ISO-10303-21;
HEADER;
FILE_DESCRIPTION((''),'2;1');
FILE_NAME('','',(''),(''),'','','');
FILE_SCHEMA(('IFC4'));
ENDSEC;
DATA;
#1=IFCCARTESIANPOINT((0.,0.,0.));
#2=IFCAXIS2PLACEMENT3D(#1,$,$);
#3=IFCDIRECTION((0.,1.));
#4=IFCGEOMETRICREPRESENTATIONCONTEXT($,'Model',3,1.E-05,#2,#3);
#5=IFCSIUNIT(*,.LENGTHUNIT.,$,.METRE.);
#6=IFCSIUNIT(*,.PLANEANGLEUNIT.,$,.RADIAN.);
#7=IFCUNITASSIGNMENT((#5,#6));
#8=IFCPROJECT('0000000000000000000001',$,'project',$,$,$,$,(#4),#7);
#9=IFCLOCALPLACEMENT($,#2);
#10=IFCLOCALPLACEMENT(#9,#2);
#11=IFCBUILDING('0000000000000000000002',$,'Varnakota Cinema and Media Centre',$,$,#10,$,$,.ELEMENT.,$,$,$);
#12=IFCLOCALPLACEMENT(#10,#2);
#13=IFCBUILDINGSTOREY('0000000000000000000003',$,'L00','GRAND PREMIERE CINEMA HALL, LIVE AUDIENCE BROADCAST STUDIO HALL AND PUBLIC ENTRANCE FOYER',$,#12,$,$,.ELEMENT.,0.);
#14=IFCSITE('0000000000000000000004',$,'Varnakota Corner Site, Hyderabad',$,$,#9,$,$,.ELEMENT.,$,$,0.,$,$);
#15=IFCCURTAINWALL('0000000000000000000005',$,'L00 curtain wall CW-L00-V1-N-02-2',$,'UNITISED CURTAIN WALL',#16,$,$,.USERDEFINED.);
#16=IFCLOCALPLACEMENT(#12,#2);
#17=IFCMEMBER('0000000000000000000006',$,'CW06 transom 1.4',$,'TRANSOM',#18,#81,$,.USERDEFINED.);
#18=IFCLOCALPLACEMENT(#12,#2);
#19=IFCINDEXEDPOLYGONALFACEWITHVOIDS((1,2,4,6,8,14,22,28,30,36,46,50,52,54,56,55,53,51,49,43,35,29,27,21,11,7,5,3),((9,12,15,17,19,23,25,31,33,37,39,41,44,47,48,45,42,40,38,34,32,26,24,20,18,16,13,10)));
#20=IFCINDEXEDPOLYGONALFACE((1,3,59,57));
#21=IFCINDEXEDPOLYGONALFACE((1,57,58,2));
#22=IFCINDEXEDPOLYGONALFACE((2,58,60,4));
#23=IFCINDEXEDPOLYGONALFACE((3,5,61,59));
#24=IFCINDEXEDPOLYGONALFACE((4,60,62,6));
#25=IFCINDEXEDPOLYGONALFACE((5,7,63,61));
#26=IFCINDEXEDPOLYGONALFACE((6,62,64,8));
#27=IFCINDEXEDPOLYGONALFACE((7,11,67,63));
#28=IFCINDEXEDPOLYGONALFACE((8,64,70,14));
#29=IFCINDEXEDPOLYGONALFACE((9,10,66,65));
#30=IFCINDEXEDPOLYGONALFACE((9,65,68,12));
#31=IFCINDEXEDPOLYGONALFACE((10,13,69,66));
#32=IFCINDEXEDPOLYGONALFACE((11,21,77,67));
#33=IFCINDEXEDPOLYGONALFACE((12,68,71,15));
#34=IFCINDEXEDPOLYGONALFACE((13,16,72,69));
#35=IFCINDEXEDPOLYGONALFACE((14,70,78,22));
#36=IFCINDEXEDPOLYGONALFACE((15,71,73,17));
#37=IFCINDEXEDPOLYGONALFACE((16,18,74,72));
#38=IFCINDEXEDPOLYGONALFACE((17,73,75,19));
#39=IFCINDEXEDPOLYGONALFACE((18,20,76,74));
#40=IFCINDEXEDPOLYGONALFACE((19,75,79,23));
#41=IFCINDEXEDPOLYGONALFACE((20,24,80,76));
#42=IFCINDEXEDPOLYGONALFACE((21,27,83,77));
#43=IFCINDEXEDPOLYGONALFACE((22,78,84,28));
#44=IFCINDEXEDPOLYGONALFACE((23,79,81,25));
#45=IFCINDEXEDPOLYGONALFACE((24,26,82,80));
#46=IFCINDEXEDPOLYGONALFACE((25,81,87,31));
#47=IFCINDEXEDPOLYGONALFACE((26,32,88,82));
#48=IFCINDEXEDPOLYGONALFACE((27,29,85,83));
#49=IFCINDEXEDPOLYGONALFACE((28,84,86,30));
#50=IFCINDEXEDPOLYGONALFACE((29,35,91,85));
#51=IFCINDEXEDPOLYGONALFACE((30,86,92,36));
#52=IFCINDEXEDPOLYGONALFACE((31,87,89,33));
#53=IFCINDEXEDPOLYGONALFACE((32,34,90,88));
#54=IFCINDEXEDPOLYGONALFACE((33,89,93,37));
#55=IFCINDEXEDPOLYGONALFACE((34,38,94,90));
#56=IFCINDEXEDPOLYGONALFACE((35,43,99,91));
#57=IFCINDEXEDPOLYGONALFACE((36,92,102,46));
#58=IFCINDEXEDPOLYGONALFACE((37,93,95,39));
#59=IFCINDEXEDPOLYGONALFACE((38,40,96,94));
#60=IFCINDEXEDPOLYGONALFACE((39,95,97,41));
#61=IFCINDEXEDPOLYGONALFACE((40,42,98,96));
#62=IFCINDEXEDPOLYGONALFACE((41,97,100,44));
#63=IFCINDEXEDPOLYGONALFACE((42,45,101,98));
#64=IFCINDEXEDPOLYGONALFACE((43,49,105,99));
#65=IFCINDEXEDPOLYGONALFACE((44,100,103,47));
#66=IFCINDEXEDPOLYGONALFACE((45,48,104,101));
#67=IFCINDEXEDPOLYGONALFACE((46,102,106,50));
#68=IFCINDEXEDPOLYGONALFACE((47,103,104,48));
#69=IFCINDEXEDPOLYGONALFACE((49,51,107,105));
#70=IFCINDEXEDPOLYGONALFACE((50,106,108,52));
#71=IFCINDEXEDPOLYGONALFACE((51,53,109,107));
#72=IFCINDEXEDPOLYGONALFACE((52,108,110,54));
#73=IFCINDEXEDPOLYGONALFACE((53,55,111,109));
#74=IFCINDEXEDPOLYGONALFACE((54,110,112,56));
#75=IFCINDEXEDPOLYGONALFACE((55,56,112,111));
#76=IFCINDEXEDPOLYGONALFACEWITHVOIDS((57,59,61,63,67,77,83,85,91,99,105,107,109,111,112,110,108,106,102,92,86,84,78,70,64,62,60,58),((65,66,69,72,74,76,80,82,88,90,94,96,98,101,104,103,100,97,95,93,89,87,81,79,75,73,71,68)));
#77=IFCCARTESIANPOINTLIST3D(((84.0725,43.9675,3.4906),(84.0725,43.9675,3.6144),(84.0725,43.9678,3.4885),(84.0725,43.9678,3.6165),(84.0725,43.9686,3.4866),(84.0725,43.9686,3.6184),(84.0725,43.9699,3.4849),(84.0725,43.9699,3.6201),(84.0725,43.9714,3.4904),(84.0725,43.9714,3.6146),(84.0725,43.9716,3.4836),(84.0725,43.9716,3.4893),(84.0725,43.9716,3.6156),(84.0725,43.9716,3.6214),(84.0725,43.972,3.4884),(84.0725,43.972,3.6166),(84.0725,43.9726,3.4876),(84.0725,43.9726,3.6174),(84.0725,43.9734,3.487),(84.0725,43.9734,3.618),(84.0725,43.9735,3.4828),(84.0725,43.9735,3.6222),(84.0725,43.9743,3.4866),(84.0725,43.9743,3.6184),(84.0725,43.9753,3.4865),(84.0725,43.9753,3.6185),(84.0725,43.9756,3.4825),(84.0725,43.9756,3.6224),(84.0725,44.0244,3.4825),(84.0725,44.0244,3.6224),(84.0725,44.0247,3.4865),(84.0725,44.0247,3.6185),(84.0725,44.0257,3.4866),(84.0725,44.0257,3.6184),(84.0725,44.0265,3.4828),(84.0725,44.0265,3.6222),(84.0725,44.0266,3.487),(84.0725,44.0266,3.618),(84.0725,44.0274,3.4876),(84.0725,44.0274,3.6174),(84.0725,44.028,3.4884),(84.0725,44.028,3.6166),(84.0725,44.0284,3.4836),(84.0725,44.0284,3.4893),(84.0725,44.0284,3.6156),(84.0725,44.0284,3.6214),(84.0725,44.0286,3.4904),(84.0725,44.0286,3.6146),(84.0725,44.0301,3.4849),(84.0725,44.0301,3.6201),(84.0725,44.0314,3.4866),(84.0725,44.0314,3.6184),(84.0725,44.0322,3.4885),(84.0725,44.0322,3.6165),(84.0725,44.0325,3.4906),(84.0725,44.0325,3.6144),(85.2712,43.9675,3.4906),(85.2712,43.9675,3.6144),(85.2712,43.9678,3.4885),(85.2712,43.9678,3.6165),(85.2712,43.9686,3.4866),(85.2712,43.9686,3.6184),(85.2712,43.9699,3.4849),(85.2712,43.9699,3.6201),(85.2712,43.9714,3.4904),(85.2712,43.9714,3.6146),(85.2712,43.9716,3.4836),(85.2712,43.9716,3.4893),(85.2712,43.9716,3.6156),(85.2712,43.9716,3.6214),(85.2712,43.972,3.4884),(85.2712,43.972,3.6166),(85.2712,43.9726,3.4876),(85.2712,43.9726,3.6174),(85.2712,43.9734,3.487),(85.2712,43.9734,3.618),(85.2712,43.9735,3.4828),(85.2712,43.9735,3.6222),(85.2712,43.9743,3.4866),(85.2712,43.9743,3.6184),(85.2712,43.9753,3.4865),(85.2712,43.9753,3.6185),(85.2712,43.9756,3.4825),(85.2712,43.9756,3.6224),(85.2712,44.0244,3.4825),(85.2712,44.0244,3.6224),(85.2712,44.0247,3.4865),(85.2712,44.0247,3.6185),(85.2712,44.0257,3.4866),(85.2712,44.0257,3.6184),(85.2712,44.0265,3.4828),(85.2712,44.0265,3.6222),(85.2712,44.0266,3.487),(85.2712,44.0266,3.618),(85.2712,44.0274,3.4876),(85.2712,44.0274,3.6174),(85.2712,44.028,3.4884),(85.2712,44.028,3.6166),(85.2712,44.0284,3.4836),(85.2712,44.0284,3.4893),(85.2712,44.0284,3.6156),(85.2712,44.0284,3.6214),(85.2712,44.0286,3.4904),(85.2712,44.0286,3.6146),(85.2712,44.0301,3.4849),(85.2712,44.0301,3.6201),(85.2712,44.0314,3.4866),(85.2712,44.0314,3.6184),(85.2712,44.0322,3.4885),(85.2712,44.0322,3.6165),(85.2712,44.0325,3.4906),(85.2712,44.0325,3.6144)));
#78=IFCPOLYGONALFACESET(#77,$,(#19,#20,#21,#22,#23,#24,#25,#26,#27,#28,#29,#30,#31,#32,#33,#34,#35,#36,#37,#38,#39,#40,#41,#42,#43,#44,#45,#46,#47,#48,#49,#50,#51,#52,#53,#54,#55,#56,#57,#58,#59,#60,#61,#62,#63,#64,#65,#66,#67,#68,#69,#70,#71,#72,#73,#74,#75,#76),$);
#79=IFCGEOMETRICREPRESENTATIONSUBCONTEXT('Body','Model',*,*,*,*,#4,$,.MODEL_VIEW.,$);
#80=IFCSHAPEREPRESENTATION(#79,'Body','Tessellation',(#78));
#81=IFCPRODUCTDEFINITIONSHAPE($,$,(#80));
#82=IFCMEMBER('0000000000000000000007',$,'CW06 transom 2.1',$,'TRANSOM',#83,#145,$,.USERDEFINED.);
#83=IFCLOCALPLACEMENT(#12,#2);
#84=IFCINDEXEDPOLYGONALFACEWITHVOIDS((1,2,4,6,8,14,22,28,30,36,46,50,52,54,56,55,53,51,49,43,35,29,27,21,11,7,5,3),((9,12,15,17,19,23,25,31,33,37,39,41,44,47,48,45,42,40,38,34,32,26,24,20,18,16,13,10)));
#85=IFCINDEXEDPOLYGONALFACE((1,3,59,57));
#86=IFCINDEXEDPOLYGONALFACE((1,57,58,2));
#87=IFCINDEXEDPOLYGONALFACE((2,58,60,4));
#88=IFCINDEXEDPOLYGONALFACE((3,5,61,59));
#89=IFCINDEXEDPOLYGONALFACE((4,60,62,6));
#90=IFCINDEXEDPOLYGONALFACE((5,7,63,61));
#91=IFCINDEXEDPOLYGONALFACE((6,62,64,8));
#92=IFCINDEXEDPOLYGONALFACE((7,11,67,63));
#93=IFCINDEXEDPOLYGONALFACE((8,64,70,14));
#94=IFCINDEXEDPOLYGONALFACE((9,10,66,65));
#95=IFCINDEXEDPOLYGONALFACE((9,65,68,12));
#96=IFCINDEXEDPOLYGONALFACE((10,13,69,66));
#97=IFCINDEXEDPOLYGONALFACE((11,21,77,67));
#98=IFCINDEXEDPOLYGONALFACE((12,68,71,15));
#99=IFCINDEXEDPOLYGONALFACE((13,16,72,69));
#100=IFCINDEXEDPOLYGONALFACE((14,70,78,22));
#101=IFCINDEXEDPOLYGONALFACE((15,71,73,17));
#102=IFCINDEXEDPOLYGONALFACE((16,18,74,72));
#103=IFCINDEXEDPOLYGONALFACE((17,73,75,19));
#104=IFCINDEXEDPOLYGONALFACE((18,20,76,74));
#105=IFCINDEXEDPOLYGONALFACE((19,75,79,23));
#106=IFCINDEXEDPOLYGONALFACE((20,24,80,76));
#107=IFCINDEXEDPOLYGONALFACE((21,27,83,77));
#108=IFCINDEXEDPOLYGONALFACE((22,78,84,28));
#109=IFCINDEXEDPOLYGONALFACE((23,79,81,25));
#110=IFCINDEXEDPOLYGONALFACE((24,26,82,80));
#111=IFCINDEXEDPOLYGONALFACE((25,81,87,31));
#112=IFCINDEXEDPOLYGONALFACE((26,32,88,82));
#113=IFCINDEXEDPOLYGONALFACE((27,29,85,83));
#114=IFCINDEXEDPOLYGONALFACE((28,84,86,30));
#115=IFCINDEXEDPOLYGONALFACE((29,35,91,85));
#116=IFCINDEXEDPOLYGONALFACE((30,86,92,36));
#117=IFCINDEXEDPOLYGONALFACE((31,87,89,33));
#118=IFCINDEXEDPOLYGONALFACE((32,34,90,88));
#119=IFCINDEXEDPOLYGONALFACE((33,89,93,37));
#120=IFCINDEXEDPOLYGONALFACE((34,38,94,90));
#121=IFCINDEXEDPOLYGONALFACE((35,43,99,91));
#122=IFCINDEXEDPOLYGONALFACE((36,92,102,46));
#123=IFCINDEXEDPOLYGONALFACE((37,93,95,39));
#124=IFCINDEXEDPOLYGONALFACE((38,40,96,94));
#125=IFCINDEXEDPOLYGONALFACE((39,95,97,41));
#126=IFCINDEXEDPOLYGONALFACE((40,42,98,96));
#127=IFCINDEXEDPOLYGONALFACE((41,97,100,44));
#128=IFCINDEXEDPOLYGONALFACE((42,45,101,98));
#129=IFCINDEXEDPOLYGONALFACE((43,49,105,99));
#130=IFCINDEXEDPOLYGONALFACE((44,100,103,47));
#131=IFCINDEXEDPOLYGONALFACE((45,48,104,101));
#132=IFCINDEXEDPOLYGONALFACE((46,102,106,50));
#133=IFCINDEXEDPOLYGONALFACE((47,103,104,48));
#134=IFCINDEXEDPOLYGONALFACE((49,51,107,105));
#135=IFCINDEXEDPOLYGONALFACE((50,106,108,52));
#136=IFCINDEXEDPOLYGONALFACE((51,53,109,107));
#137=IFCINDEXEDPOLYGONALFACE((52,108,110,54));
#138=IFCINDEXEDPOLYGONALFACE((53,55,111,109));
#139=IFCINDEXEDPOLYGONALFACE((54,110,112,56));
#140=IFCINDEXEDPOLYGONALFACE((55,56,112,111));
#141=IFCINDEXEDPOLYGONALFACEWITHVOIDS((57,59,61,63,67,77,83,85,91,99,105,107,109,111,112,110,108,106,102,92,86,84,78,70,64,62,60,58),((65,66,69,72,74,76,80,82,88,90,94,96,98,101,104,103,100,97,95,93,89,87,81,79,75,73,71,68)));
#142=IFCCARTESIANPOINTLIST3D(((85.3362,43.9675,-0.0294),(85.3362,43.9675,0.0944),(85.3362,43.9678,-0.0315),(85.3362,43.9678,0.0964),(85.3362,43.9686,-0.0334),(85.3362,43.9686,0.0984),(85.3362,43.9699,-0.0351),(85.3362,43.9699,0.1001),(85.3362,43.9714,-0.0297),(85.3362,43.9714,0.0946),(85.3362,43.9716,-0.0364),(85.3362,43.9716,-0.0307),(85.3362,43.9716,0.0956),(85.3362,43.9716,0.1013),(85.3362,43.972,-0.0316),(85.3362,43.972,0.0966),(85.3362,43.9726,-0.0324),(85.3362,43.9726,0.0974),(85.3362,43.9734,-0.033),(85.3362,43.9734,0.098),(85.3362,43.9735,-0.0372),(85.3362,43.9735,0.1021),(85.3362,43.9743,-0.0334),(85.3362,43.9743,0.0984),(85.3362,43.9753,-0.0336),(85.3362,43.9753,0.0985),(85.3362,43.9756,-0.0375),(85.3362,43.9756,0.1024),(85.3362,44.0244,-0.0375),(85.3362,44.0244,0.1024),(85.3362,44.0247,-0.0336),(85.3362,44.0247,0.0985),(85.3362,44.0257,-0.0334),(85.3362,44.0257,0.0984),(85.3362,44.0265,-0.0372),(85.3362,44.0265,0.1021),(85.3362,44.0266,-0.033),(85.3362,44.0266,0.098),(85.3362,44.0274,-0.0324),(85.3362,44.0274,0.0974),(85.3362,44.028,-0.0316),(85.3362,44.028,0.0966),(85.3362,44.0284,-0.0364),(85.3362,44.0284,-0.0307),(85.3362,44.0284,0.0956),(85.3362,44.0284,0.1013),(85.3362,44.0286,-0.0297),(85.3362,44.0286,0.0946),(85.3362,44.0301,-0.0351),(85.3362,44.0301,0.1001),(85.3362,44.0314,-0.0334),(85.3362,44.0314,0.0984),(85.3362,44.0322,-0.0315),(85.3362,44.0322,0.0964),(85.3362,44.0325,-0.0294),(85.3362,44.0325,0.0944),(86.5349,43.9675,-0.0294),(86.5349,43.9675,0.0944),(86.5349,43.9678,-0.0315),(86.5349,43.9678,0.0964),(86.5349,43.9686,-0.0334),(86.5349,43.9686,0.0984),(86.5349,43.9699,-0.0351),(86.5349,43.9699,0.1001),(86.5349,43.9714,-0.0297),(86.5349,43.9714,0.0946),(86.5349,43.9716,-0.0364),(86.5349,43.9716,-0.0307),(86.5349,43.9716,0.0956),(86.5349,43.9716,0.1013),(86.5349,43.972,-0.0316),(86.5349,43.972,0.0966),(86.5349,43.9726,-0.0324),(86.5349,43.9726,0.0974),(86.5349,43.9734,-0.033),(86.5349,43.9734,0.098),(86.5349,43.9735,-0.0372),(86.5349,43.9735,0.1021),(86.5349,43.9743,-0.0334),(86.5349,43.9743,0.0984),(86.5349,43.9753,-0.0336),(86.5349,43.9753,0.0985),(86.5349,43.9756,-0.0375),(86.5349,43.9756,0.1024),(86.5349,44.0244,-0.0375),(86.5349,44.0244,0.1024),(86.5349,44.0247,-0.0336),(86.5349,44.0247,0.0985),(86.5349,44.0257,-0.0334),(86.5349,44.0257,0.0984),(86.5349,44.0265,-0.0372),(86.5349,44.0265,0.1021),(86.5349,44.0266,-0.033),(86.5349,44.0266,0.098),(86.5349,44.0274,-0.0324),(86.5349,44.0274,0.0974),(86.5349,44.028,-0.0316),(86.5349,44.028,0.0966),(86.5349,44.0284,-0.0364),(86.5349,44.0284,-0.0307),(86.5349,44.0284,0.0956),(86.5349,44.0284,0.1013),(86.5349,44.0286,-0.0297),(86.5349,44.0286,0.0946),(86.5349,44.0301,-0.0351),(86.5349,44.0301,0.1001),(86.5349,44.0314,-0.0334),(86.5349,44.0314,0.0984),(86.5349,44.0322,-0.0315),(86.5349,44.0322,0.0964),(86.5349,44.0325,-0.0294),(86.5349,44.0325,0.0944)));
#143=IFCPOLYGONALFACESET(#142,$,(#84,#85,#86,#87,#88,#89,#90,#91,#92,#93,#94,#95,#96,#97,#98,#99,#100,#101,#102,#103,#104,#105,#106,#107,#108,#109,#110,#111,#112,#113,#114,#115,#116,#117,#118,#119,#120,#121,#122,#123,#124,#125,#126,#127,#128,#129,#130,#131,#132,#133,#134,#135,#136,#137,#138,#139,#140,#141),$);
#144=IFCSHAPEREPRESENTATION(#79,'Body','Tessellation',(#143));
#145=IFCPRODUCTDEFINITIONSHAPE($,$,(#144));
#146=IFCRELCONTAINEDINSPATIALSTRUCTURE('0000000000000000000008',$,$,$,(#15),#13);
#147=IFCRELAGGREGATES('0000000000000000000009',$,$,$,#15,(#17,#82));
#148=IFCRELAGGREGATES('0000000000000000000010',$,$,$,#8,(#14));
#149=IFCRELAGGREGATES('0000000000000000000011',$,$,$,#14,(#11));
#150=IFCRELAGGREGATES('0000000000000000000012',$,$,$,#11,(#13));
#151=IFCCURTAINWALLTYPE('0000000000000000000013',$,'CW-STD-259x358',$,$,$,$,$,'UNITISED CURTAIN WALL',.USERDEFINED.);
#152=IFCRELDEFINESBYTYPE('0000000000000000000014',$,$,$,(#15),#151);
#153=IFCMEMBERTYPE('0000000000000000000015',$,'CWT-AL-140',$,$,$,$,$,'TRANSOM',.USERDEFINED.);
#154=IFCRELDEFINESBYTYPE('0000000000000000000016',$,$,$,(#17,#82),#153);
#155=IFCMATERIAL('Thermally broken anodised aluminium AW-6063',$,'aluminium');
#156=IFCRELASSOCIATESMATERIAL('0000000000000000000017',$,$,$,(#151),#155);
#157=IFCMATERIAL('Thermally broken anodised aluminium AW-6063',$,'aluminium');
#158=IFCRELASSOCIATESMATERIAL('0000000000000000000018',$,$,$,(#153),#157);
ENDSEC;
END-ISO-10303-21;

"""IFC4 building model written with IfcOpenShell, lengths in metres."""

from ifc_helpers import new_model, si_unit, direction, frame, origin, origin_2d, place, context, subcontext, project, spatial, hollow_rectangle, extrude, material, material_profile, profile_set, type_object, element, aggregate, save


model = new_model("IFC4")

# Units and contexts
model_context = context("Model", 3, precision=1e-05, world=origin(), true_north=direction((0.0, 1.0)))
body_context = subcontext(model_context, "Body", "Model", "MODEL_VIEW")
ifc_project = project(units=[si_unit("LENGTHUNIT", "METRE"), si_unit("PLANEANGLEUNIT", "RADIAN")], contexts=[model_context])

# Site, building, storey
site_placement = place(None, origin())
site = spatial("IfcSite", under=ifc_project, at=site_placement, Name="Varnakota Corner Site, Hyderabad", CompositionType="ELEMENT", RefElevation=0.0)
building_placement = place(site_placement, origin())
building = spatial("IfcBuilding", under=site, at=building_placement, Name="Varnakota Cinema and Media Centre", CompositionType="ELEMENT")
storey_placement = place(building_placement, origin())
storey = spatial("IfcBuildingStorey", under=building, at=storey_placement, Name="L00", Description="GRAND PREMIERE CINEMA HALL, LIVE AUDIENCE BROADCAST STUDIO HALL AND PUBLIC ENTRANCE FOYER", CompositionType="ELEMENT", Elevation=0.0)

# Curtain wall
ifc_material_1 = material(Name="Thermally broken anodised aluminium AW-6063", Category="aluminium")
curtain_wall_type = type_object("IfcCurtainWallType", Name="CW-STD-259x358", ElementType="UNITISED CURTAIN WALL", PredefinedType="USERDEFINED", material=ifc_material_1)
curtain_wall_1_placement = place(storey_placement, origin())
curtain_wall_1 = element("IfcCurtainWall", 1, at=curtain_wall_1_placement, inside=storey, type_object=curtain_wall_type, Name="L00 curtain wall CW-L00-V1-N-02-2", ObjectType="UNITISED CURTAIN WALL", PredefinedType="USERDEFINED")

# Members
ifc_material_2 = material(Name="Thermally broken anodised aluminium AW-6063", Category="aluminium")
ifc_material_profile_1 = material_profile(ifc_material_2, hollow_rectangle(XDim=0.0649, YDim=0.1399, WallThickness=0.0039, InnerFilletRadius=0.0039, OuterFilletRadius=0.0081, at=origin_2d()), Name="AL-TRANSOM 140x65x4")
ifc_profile_set_1 = profile_set([ifc_material_profile_1], Name="Thermally broken anodised aluminium AW-6063")
member_type_1 = type_object("IfcMemberType", Name="CWT-AL-140", ElementType="TRANSOM", PredefinedType="USERDEFINED", material=ifc_profile_set_1)
member_1_placement = place(storey_placement, frame((84.0725, 44.0, 3.5525), z_axis=(1.0, 0.0, 0.0), x_axis=(0.0, 1.0, 0.0)))
member_1 = element("IfcMember", 2, at=member_1_placement, type_object=member_type_1, Name="CW06 transom 1.4", ObjectType="TRANSOM", PredefinedType="USERDEFINED", context=body_context, shape_type="SweptSolid", body=[
    extrude(hollow_rectangle(XDim=0.0649, YDim=0.1399, WallThickness=0.0039, InnerFilletRadius=0.0039, OuterFilletRadius=0.0081, at=origin_2d()), origin(), (0.0, 0.0, 1.0), 1.1987),
])
member_2_placement = place(storey_placement, frame((85.3362, 44.0, 0.0325), z_axis=(1.0, 0.0, 0.0), x_axis=(0.0, 1.0, 0.0)))
member_2 = element("IfcMember", 3, at=member_2_placement, type_object=member_type_1, Name="CW06 transom 2.1", ObjectType="TRANSOM", PredefinedType="USERDEFINED", context=body_context, shape_type="SweptSolid", body=[
    extrude(hollow_rectangle(XDim=0.0649, YDim=0.1399, WallThickness=0.0039, InnerFilletRadius=0.0039, OuterFilletRadius=0.0081, at=origin_2d()), origin(), (0.0, 0.0, 1.0), 1.1987),
])

aggregate(curtain_wall_1, [member_1, member_2])

save(model, "model.ifc")
